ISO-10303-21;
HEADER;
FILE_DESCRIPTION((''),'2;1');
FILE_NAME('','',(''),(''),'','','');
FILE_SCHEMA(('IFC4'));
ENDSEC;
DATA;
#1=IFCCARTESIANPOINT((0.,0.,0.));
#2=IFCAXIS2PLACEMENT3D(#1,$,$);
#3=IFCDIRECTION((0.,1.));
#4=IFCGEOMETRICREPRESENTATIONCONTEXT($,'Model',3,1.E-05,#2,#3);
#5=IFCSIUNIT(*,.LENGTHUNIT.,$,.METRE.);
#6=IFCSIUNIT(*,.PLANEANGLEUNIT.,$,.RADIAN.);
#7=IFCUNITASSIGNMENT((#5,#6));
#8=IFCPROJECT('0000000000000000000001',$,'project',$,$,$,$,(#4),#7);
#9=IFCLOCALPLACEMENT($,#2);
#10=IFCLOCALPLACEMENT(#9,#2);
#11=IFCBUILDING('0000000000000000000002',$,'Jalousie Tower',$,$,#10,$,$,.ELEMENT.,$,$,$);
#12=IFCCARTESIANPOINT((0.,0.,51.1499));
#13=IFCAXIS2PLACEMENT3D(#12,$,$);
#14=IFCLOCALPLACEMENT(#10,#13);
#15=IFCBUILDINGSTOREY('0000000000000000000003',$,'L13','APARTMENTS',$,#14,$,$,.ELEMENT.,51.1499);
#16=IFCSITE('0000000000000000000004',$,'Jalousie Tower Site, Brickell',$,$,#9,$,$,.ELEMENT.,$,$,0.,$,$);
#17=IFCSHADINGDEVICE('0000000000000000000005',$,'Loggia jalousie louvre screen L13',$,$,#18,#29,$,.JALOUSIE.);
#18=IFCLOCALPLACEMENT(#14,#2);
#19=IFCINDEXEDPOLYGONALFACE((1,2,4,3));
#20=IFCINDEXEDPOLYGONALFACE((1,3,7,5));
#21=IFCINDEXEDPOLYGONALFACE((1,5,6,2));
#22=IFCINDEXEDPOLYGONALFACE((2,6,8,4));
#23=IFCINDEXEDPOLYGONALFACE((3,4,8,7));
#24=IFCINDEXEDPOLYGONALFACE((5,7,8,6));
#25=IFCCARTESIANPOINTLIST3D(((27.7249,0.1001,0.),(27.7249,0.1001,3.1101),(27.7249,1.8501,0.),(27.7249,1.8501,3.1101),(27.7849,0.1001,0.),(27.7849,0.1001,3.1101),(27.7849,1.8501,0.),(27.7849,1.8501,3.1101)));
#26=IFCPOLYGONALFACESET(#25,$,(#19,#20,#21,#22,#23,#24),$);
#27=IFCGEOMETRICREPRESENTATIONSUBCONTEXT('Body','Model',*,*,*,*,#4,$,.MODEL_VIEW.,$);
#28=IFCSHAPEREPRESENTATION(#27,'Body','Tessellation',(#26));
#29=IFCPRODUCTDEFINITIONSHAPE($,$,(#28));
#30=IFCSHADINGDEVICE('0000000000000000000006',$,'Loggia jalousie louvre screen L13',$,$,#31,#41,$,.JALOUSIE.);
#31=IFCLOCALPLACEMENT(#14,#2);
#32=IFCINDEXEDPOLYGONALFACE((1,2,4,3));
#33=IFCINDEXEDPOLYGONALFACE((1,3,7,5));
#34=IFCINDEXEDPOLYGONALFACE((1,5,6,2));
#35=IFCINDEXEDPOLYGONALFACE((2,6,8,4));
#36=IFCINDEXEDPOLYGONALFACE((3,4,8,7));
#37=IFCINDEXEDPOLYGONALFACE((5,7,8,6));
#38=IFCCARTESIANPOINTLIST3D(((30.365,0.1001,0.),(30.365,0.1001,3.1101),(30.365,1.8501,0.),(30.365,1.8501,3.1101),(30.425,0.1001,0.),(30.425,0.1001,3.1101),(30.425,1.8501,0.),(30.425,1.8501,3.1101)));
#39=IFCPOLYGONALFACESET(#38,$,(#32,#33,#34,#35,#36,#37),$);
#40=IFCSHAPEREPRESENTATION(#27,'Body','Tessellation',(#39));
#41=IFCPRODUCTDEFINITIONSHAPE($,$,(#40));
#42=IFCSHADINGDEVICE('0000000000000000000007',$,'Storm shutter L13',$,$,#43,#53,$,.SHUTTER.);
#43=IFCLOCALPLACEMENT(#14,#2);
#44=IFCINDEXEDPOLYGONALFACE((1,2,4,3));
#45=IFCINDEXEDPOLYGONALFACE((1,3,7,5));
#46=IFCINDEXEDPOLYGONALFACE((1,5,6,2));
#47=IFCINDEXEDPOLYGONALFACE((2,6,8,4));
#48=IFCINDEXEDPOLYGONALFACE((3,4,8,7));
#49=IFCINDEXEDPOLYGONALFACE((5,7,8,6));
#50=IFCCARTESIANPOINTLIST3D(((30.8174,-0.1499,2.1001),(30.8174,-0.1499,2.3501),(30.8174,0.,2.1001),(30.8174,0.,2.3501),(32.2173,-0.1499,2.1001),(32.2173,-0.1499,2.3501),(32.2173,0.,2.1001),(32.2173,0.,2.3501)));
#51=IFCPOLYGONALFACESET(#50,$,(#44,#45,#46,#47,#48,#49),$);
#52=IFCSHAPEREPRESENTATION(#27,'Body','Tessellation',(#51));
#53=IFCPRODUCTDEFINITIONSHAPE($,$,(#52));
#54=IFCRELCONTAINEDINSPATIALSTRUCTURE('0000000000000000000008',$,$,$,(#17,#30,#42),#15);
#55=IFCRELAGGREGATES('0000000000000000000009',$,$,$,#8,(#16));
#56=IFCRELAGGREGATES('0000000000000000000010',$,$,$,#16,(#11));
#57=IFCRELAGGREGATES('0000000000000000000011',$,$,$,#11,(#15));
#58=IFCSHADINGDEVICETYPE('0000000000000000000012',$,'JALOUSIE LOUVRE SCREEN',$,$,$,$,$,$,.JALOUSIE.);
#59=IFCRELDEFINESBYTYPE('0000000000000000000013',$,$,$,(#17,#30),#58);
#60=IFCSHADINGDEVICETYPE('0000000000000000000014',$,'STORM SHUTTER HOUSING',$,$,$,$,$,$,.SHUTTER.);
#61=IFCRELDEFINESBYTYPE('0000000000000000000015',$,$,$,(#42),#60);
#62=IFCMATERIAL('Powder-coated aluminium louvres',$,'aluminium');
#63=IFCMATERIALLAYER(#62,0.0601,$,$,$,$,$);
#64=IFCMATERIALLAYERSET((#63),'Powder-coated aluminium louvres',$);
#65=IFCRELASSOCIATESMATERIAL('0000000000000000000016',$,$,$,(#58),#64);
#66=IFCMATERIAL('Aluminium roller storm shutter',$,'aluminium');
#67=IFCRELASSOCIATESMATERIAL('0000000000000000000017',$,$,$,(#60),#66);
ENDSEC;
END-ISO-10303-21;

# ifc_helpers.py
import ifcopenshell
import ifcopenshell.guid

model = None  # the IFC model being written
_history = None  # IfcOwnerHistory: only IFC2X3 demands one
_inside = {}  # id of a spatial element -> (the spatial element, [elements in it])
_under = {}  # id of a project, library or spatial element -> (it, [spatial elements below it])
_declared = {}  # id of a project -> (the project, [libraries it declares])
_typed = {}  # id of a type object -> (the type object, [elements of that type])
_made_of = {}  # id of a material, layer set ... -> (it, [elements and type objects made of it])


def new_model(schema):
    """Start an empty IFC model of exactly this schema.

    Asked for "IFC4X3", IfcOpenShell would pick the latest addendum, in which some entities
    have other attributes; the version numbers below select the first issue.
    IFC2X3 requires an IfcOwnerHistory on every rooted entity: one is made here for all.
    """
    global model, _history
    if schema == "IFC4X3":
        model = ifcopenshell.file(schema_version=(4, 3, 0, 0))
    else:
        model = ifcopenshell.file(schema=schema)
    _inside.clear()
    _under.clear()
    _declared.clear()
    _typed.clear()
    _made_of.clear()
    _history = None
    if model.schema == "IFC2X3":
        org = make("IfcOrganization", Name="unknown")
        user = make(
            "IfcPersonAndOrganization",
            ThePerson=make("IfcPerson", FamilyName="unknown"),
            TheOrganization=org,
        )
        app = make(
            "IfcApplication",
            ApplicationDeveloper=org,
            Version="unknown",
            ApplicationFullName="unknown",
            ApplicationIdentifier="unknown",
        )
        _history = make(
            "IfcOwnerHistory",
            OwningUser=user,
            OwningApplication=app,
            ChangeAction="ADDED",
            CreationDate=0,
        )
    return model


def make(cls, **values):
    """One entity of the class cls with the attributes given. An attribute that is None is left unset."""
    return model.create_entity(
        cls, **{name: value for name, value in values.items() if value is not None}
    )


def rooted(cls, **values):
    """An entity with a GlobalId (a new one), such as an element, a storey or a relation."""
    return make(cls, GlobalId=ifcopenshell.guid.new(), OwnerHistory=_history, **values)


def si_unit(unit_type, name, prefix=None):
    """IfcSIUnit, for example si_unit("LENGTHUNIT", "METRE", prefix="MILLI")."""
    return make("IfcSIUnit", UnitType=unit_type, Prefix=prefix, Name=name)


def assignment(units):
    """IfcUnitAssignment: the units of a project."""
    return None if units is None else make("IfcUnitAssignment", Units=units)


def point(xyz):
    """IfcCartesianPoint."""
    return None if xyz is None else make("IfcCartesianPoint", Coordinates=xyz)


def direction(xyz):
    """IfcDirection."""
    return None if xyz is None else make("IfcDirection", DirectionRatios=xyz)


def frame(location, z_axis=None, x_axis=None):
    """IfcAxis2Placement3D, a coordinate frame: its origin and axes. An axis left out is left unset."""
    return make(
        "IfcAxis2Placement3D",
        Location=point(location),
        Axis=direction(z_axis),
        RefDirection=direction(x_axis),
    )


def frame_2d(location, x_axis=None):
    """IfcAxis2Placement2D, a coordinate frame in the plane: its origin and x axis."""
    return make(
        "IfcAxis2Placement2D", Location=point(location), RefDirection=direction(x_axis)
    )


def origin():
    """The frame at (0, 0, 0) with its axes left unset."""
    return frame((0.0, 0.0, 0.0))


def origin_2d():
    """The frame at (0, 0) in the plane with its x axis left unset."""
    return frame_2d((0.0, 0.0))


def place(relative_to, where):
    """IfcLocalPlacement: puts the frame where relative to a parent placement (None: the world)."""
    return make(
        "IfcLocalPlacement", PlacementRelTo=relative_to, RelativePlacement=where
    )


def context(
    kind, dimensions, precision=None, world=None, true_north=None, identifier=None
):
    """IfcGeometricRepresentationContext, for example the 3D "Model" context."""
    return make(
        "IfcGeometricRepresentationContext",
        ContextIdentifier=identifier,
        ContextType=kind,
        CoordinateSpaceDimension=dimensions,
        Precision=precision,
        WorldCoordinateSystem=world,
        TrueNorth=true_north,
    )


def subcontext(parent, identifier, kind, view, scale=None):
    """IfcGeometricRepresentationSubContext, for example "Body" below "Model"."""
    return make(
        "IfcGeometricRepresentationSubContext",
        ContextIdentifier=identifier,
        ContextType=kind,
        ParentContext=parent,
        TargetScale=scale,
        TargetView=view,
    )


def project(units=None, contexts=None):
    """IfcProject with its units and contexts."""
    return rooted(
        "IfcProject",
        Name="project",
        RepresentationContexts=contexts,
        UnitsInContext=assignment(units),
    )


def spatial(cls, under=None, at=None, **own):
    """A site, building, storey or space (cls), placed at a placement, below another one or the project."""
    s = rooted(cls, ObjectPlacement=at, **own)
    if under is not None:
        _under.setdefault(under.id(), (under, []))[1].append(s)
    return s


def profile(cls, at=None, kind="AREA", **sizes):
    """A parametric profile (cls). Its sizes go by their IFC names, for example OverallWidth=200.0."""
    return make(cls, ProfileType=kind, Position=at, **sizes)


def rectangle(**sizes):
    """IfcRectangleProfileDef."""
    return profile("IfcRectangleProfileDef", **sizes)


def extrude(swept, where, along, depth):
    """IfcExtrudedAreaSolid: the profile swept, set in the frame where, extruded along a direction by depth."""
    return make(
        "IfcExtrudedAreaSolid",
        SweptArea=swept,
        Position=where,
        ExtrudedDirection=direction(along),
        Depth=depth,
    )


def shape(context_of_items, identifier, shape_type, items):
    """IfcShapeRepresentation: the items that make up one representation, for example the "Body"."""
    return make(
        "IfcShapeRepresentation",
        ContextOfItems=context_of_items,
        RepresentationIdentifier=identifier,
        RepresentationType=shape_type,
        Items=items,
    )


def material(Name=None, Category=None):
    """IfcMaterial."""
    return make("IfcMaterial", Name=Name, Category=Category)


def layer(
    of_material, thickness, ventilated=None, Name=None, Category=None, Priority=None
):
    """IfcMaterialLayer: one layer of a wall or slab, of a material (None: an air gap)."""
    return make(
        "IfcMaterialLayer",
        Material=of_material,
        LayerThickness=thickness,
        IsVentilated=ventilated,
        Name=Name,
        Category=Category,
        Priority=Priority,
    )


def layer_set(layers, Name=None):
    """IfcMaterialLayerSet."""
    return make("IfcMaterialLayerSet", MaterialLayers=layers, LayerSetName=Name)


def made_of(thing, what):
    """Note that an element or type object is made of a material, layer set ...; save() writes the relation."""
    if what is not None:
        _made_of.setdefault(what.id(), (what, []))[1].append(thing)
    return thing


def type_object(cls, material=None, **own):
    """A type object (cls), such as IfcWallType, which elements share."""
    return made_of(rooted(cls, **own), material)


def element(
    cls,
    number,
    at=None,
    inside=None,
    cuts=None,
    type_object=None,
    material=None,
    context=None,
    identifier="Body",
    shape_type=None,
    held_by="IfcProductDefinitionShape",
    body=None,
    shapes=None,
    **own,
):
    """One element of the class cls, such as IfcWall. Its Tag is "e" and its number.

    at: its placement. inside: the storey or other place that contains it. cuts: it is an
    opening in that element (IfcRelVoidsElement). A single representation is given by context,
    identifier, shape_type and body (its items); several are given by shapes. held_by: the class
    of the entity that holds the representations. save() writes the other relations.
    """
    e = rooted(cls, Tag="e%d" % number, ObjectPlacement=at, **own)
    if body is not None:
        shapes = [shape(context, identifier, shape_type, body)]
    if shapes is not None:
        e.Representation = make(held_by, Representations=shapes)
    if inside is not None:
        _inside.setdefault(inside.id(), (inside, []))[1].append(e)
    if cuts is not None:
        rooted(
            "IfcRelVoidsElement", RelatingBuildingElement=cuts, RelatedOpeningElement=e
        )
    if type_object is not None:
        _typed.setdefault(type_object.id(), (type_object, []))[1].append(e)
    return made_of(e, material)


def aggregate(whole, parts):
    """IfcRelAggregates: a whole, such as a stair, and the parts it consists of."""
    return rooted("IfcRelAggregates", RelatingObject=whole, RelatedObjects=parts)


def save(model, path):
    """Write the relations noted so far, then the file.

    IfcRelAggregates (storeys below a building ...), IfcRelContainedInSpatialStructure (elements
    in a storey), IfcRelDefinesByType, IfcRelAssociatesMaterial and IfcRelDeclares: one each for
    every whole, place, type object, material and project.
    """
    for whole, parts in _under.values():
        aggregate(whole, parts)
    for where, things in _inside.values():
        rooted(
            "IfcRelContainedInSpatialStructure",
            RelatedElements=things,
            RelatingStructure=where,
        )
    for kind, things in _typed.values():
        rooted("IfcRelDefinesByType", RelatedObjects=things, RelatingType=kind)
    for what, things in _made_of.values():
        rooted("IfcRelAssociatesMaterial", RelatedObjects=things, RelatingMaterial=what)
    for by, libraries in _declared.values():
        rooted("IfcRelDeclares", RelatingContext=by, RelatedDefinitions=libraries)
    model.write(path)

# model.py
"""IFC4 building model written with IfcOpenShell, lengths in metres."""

from ifc_helpers import new_model, si_unit, direction, frame, origin, origin_2d, place, context, subcontext, project, spatial, rectangle, extrude, material, layer, layer_set, type_object, element, save


model = new_model("IFC4")

# Units and contexts
model_context = context("Model", 3, precision=1e-05, world=origin(), true_north=direction((0.0, 1.0)))
body_context = subcontext(model_context, "Body", "Model", "MODEL_VIEW")
ifc_project = project(units=[si_unit("LENGTHUNIT", "METRE"), si_unit("PLANEANGLEUNIT", "RADIAN")], contexts=[model_context])

# Site, building, storey
site_placement = place(None, origin())
site = spatial("IfcSite", under=ifc_project, at=site_placement, Name="Jalousie Tower Site, Brickell", CompositionType="ELEMENT", RefElevation=0.0)
building_placement = place(site_placement, origin())
building = spatial("IfcBuilding", under=site, at=building_placement, Name="Jalousie Tower", CompositionType="ELEMENT")
storey_placement = place(building_placement, frame((0.0, 0.0, 51.1499)))
storey = spatial("IfcBuildingStorey", under=building, at=storey_placement, Name="L13", Description="APARTMENTS", CompositionType="ELEMENT", Elevation=51.1499)

# Shading devices
ifc_material_1 = material(Name="Powder-coated aluminium louvres", Category="aluminium")
ifc_layer_1 = layer(ifc_material_1, 0.0601)
ifc_layer_set_1 = layer_set([ifc_layer_1], Name="Powder-coated aluminium louvres")
shading_device_type_1 = type_object("IfcShadingDeviceType", Name="JALOUSIE LOUVRE SCREEN", PredefinedType="JALOUSIE", material=ifc_layer_set_1)
for number, where, z_axis, x_axis, name in (
    (1, (27.7549, 0.9751, 0.0), (0.0, 0.0, 1.0), (1.0, 0.0, 0.0), "Loggia jalousie louvre screen L13"),
    (2, (30.395, 0.9751, 0.0), (0.0, 0.0, 1.0), (1.0, 0.0, 0.0), "Loggia jalousie louvre screen L13"),
):
    element("IfcShadingDevice", number, at=place(storey_placement, frame(where, z_axis=z_axis, x_axis=x_axis)), inside=storey, type_object=shading_device_type_1, Name=name, PredefinedType="JALOUSIE", context=body_context, shape_type="SweptSolid", body=[
        extrude(rectangle(XDim=0.0601, YDim=1.75, at=origin_2d()), origin(), (0.0, 0.0, 1.0), 3.1101),
    ])
ifc_material_2 = material(Name="Aluminium roller storm shutter", Category="aluminium")
shading_device_type_2 = type_object("IfcShadingDeviceType", Name="STORM SHUTTER HOUSING", PredefinedType="SHUTTER", material=ifc_material_2)
shading_device_placement = place(storey_placement, frame((31.5173, -0.075, 2.1001), z_axis=(0.0, 0.0, 1.0), x_axis=(1.0, 0.0, 0.0)))
element("IfcShadingDevice", 3, at=shading_device_placement, inside=storey, type_object=shading_device_type_2, Name="Storm shutter L13", PredefinedType="SHUTTER", context=body_context, shape_type="SweptSolid", body=[
    extrude(rectangle(XDim=1.3999, YDim=0.1499, at=origin_2d()), origin(), (0.0, 0.0, 1.0), 0.25),
])

save(model, "model.ifc")
